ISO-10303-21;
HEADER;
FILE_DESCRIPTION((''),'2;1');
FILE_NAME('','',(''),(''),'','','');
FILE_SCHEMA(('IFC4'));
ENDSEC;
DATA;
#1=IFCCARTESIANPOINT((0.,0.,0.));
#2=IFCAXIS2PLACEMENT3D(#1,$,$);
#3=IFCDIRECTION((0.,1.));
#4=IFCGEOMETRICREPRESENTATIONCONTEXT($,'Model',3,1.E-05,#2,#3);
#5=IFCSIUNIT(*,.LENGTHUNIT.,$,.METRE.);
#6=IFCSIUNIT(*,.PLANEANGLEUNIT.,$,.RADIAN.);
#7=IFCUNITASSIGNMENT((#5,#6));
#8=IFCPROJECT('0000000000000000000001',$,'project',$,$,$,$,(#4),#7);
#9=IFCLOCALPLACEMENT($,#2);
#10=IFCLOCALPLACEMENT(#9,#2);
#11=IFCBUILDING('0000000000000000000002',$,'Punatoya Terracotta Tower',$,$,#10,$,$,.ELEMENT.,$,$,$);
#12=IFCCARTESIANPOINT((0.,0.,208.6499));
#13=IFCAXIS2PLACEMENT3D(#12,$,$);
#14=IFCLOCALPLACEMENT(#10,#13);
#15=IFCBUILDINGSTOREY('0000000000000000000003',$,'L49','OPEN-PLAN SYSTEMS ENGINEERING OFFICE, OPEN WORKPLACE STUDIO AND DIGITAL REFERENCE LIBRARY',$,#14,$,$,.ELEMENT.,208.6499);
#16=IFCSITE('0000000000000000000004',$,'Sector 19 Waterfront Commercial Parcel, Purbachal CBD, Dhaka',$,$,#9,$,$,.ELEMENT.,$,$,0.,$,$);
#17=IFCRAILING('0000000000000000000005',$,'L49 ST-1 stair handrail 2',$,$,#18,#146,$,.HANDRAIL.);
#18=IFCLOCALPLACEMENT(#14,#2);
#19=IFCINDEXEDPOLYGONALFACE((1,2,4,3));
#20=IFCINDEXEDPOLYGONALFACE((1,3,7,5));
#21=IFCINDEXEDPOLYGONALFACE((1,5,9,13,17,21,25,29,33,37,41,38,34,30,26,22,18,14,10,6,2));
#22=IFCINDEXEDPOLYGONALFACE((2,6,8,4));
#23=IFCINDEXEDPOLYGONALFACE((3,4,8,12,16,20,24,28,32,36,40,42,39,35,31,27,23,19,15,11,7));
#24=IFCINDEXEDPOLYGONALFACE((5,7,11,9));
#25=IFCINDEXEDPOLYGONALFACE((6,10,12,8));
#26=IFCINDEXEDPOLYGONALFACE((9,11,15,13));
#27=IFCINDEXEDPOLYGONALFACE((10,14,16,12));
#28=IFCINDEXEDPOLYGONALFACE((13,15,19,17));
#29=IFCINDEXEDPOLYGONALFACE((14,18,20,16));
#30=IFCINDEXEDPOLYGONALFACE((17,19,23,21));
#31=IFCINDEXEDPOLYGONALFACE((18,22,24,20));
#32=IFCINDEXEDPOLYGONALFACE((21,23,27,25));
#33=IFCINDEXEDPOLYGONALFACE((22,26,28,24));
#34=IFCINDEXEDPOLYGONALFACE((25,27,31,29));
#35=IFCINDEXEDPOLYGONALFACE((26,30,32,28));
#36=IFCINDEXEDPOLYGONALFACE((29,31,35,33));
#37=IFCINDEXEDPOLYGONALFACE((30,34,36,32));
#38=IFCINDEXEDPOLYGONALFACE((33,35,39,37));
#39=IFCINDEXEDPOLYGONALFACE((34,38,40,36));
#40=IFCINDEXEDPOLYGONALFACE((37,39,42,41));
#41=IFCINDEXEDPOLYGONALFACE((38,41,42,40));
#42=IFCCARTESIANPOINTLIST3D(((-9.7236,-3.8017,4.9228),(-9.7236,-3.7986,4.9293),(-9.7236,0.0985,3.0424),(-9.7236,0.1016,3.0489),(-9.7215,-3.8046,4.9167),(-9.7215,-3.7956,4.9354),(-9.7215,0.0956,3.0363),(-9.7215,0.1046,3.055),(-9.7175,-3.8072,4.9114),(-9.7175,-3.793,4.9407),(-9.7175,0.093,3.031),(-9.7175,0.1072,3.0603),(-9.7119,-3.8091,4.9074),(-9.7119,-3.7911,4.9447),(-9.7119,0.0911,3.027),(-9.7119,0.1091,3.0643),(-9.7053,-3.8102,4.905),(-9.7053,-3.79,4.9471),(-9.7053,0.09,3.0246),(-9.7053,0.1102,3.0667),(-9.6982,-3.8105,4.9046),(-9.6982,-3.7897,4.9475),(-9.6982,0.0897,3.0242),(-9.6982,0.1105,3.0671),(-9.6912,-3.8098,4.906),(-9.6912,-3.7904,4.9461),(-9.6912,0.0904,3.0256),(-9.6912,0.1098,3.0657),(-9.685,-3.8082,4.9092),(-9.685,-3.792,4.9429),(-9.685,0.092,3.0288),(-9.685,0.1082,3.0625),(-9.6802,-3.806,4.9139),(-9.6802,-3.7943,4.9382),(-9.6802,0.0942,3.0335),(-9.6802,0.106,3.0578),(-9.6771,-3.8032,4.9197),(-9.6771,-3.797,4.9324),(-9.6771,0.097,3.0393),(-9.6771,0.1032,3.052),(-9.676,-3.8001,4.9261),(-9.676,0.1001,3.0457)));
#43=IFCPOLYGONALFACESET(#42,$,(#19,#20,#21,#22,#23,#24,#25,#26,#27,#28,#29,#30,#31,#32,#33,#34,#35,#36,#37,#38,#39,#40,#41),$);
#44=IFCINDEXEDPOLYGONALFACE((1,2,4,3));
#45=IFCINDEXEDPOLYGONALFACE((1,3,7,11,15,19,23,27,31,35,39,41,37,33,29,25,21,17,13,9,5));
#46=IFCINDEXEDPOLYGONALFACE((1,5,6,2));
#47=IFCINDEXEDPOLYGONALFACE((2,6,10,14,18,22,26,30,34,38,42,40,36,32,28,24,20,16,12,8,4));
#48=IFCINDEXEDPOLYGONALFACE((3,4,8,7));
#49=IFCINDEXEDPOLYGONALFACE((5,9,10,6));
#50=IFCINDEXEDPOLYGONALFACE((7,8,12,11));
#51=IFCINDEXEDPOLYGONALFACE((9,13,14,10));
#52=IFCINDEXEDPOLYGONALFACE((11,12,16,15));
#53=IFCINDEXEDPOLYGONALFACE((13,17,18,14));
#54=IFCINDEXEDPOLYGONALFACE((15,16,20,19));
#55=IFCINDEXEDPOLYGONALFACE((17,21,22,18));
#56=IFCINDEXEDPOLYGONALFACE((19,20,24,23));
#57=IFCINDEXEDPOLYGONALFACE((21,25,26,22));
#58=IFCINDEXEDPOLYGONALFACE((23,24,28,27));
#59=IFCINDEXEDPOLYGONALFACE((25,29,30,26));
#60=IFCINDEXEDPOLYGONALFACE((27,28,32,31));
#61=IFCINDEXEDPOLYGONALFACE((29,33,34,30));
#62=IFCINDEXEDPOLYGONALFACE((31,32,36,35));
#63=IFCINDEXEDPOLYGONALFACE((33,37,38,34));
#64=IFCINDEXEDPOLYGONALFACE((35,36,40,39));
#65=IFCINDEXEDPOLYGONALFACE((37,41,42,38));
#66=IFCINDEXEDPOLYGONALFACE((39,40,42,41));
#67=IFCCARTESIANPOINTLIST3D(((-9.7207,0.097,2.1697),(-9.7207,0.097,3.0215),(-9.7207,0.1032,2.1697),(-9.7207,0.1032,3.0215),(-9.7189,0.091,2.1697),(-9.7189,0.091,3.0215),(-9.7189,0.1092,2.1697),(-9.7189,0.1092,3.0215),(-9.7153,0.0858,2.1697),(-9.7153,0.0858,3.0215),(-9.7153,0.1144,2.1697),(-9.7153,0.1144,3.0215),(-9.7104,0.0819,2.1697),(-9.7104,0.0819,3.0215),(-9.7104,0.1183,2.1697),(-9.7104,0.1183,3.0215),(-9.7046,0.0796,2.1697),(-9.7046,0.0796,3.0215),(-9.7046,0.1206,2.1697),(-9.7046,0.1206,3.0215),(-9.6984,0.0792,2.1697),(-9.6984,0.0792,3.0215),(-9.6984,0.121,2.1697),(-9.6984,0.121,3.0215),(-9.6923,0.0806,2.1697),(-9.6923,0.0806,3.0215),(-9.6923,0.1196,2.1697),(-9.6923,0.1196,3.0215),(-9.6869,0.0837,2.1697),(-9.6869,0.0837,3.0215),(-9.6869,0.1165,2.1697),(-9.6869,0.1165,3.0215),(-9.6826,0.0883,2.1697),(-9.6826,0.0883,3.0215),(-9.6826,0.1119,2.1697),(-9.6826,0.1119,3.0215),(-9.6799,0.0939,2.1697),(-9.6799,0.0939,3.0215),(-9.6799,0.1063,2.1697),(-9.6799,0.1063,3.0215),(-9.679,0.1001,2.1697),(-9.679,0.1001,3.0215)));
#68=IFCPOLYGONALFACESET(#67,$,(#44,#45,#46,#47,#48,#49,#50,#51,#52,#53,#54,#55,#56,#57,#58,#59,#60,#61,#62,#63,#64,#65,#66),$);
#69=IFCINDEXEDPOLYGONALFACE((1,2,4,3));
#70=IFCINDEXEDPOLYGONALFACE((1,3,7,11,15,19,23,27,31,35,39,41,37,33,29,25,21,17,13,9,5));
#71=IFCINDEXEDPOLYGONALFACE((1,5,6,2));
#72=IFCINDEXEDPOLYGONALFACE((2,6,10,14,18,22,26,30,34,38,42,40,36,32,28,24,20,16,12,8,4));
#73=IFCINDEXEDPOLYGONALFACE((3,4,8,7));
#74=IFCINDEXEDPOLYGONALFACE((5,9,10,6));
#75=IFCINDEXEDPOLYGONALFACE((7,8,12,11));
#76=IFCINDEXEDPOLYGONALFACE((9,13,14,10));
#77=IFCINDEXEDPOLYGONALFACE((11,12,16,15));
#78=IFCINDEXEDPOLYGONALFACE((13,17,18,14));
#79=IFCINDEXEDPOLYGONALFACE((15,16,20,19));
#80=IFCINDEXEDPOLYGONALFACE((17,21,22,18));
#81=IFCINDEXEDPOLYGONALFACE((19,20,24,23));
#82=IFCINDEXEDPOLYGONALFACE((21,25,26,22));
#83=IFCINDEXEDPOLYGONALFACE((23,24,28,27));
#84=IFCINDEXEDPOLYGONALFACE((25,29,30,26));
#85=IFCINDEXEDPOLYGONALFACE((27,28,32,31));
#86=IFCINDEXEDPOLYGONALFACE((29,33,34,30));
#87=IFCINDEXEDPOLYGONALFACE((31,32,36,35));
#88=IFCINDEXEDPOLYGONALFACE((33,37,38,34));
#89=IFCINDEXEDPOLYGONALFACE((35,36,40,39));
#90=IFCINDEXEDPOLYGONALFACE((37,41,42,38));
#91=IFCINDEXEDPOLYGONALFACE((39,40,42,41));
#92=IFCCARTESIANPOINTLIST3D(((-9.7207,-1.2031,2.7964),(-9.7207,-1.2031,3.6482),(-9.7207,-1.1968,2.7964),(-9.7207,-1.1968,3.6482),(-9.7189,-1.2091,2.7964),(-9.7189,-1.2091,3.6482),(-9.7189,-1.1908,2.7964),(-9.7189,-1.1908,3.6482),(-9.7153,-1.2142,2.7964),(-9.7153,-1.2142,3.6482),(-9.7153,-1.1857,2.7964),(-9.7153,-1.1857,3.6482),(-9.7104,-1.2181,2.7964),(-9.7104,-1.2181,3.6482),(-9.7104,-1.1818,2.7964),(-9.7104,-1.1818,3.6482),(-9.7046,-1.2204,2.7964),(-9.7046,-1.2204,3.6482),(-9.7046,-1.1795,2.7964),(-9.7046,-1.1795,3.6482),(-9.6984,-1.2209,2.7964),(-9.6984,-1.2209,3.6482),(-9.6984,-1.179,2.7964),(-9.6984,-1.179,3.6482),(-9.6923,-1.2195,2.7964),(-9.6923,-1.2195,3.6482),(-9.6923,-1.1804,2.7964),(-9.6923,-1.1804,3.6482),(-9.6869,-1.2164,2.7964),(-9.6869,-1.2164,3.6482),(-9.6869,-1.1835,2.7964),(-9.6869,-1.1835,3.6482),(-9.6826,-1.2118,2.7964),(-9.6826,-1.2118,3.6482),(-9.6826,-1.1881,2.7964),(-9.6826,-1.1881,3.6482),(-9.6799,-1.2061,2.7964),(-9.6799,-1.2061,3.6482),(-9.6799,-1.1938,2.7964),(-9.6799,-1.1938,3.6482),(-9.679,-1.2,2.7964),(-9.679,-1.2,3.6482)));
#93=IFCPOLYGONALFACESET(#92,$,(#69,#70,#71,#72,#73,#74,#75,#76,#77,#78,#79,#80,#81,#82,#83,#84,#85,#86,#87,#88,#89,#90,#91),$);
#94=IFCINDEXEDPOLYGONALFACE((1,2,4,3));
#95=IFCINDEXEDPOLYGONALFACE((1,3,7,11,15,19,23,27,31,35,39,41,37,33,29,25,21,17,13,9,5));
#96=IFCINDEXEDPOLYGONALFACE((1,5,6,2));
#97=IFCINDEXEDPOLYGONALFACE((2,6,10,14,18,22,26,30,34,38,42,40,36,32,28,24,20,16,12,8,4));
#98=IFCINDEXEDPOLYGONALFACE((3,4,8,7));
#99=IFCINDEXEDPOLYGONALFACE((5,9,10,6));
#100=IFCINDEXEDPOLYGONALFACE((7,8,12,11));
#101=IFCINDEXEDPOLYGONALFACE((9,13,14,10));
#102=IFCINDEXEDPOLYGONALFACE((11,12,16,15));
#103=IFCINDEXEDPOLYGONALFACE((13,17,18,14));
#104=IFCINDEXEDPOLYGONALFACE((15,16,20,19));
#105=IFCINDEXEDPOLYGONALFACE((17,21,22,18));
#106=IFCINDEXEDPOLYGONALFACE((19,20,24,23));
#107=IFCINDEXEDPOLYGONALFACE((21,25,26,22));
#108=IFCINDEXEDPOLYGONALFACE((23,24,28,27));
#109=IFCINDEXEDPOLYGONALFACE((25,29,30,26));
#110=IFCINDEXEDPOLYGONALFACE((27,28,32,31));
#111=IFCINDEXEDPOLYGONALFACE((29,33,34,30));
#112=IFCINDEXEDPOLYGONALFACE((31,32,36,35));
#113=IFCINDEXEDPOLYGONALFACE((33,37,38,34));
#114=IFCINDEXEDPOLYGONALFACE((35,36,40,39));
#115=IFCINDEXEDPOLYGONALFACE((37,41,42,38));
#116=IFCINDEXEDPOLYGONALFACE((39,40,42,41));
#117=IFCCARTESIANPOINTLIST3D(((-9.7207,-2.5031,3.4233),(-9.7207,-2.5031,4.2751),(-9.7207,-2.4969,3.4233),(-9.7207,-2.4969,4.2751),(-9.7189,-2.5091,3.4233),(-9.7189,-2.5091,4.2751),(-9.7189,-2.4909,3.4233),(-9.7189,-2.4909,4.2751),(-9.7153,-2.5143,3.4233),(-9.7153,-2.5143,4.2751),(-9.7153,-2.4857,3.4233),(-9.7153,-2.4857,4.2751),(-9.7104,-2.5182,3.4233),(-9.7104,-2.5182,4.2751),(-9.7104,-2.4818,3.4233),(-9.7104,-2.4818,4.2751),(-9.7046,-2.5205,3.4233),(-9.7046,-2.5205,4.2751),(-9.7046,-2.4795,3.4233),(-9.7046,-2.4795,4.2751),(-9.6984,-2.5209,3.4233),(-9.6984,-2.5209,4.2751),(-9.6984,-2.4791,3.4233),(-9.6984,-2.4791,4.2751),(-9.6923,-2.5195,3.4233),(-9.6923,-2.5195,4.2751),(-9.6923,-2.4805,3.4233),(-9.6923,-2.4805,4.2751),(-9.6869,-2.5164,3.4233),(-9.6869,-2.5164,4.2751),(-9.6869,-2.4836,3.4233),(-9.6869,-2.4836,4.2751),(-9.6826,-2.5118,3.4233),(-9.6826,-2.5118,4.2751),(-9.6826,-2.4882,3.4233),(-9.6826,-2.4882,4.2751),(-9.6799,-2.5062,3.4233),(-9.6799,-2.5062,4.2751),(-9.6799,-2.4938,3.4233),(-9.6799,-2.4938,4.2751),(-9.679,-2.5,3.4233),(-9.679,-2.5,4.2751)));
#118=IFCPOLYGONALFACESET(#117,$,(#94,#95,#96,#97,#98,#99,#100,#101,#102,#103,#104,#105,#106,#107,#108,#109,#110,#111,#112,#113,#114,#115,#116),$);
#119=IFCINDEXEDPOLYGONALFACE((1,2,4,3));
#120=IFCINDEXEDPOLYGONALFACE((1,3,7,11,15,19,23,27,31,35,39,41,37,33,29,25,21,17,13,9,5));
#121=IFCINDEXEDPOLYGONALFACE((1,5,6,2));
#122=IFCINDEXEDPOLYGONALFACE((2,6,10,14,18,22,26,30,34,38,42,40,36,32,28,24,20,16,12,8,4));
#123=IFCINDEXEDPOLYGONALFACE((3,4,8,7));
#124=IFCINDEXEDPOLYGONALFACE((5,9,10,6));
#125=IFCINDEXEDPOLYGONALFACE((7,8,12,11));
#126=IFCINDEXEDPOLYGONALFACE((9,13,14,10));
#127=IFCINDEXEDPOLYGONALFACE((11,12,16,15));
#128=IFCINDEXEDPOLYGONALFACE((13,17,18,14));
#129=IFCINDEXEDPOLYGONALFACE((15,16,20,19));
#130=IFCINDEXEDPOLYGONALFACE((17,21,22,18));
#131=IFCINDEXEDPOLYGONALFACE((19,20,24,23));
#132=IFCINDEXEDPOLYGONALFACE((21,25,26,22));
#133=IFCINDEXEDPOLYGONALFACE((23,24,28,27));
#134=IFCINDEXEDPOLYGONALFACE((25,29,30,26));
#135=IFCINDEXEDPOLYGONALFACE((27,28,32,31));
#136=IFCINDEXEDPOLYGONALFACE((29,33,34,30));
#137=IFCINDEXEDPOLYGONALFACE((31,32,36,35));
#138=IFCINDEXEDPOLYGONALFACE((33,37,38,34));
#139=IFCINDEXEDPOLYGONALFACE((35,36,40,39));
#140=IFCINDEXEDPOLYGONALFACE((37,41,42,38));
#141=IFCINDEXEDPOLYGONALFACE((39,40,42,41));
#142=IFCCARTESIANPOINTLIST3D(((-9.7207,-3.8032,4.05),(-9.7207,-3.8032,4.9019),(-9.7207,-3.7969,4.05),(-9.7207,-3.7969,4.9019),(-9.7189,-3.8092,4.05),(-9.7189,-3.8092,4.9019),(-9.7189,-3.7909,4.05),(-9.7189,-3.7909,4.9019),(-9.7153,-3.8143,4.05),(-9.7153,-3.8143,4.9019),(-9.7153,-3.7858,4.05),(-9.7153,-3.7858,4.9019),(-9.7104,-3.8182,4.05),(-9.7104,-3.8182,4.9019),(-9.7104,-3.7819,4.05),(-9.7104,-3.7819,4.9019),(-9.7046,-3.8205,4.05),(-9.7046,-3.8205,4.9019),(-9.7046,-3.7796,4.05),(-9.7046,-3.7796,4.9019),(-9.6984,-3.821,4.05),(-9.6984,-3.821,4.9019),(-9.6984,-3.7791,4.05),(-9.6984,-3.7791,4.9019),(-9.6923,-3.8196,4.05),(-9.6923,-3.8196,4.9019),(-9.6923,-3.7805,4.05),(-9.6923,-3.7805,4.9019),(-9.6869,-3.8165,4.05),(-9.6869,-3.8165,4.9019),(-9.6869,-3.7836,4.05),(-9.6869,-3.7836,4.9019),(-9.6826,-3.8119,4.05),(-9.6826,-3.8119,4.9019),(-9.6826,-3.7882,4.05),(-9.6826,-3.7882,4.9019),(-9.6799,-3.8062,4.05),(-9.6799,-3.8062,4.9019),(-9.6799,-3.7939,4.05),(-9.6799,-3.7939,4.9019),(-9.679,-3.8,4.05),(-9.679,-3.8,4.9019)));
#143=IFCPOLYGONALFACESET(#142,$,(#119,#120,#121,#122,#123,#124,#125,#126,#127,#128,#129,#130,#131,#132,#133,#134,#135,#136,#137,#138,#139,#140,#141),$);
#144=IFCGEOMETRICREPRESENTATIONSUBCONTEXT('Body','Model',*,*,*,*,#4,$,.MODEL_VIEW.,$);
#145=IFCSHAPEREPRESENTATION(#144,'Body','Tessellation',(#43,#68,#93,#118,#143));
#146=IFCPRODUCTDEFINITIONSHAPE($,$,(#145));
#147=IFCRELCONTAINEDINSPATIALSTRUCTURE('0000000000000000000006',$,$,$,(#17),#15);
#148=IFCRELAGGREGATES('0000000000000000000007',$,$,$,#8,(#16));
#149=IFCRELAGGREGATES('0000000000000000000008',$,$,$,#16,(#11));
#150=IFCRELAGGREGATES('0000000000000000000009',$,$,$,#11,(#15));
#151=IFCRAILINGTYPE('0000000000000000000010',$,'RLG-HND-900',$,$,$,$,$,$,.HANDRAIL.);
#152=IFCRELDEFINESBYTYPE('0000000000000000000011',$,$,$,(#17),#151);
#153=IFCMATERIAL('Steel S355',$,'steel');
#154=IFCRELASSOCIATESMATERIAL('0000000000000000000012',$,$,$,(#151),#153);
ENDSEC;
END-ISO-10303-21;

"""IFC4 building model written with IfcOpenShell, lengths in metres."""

from ifc_helpers import new_model, si_unit, direction, frame, origin, origin_2d, place, context, subcontext, project, spatial, circle, extrude, material, type_object, element, save


model = new_model("IFC4")

# Units and contexts
model_context = context("Model", 3, precision=1e-05, world=origin(), true_north=direction((0.0, 1.0)))
body_context = subcontext(model_context, "Body", "Model", "MODEL_VIEW")
ifc_project = project(units=[si_unit("LENGTHUNIT", "METRE"), si_unit("PLANEANGLEUNIT", "RADIAN")], contexts=[model_context])

# Site, building, storey
site_placement = place(None, origin())
site = spatial("IfcSite", under=ifc_project, at=site_placement, Name="Sector 19 Waterfront Commercial Parcel, Purbachal CBD, Dhaka", CompositionType="ELEMENT", RefElevation=0.0)
building_placement = place(site_placement, origin())
building = spatial("IfcBuilding", under=site, at=building_placement, Name="Punatoya Terracotta Tower", CompositionType="ELEMENT")
storey_placement = place(building_placement, frame((0.0, 0.0, 208.6499)))
storey = spatial("IfcBuildingStorey", under=building, at=storey_placement, Name="L49", Description="OPEN-PLAN SYSTEMS ENGINEERING OFFICE, OPEN WORKPLACE STUDIO AND DIGITAL REFERENCE LIBRARY", CompositionType="ELEMENT", Elevation=208.6499)

# Shared definitions
ifc_material_1 = material(Name="Steel S355", Category="steel")

# Railing
railing_type_1 = type_object("IfcRailingType", Name="RLG-HND-900", PredefinedType="HANDRAIL", material=ifc_material_1)
railing_1_placement = place(storey_placement, frame((-9.7, 0.1001, 2.1697)))
element("IfcRailing", 1, at=railing_1_placement, inside=storey, type_object=railing_type_1, Name="L49 ST-1 stair handrail 2", PredefinedType="HANDRAIL", context=body_context, shape_type="SweptSolid", body=[
    extrude(circle(Radius=0.0239, at=origin_2d()), frame((0.0, 0.0, 0.876), z_axis=(0.0, -0.900774, 0.434289), x_axis=(1.0, 0.0, 0.0)), (0.0, 0.0, 1.0), 4.3298),
    extrude(circle(Radius=0.021, at=origin_2d()), origin(), (0.0, 0.0, 1.0), 0.8518),
    extrude(circle(Radius=0.021, at=origin_2d()), frame((0.0, -1.3, 0.6267)), (0.0, 0.0, 1.0), 0.8518),
    extrude(circle(Radius=0.021, at=origin_2d()), frame((0.0, -2.6001, 1.2537)), (0.0, 0.0, 1.0), 0.8518),
    extrude(circle(Radius=0.021, at=origin_2d()), frame((0.0, -3.9001, 1.8804)), (0.0, 0.0, 1.0), 0.8518),
])

save(model, "model.ifc")
